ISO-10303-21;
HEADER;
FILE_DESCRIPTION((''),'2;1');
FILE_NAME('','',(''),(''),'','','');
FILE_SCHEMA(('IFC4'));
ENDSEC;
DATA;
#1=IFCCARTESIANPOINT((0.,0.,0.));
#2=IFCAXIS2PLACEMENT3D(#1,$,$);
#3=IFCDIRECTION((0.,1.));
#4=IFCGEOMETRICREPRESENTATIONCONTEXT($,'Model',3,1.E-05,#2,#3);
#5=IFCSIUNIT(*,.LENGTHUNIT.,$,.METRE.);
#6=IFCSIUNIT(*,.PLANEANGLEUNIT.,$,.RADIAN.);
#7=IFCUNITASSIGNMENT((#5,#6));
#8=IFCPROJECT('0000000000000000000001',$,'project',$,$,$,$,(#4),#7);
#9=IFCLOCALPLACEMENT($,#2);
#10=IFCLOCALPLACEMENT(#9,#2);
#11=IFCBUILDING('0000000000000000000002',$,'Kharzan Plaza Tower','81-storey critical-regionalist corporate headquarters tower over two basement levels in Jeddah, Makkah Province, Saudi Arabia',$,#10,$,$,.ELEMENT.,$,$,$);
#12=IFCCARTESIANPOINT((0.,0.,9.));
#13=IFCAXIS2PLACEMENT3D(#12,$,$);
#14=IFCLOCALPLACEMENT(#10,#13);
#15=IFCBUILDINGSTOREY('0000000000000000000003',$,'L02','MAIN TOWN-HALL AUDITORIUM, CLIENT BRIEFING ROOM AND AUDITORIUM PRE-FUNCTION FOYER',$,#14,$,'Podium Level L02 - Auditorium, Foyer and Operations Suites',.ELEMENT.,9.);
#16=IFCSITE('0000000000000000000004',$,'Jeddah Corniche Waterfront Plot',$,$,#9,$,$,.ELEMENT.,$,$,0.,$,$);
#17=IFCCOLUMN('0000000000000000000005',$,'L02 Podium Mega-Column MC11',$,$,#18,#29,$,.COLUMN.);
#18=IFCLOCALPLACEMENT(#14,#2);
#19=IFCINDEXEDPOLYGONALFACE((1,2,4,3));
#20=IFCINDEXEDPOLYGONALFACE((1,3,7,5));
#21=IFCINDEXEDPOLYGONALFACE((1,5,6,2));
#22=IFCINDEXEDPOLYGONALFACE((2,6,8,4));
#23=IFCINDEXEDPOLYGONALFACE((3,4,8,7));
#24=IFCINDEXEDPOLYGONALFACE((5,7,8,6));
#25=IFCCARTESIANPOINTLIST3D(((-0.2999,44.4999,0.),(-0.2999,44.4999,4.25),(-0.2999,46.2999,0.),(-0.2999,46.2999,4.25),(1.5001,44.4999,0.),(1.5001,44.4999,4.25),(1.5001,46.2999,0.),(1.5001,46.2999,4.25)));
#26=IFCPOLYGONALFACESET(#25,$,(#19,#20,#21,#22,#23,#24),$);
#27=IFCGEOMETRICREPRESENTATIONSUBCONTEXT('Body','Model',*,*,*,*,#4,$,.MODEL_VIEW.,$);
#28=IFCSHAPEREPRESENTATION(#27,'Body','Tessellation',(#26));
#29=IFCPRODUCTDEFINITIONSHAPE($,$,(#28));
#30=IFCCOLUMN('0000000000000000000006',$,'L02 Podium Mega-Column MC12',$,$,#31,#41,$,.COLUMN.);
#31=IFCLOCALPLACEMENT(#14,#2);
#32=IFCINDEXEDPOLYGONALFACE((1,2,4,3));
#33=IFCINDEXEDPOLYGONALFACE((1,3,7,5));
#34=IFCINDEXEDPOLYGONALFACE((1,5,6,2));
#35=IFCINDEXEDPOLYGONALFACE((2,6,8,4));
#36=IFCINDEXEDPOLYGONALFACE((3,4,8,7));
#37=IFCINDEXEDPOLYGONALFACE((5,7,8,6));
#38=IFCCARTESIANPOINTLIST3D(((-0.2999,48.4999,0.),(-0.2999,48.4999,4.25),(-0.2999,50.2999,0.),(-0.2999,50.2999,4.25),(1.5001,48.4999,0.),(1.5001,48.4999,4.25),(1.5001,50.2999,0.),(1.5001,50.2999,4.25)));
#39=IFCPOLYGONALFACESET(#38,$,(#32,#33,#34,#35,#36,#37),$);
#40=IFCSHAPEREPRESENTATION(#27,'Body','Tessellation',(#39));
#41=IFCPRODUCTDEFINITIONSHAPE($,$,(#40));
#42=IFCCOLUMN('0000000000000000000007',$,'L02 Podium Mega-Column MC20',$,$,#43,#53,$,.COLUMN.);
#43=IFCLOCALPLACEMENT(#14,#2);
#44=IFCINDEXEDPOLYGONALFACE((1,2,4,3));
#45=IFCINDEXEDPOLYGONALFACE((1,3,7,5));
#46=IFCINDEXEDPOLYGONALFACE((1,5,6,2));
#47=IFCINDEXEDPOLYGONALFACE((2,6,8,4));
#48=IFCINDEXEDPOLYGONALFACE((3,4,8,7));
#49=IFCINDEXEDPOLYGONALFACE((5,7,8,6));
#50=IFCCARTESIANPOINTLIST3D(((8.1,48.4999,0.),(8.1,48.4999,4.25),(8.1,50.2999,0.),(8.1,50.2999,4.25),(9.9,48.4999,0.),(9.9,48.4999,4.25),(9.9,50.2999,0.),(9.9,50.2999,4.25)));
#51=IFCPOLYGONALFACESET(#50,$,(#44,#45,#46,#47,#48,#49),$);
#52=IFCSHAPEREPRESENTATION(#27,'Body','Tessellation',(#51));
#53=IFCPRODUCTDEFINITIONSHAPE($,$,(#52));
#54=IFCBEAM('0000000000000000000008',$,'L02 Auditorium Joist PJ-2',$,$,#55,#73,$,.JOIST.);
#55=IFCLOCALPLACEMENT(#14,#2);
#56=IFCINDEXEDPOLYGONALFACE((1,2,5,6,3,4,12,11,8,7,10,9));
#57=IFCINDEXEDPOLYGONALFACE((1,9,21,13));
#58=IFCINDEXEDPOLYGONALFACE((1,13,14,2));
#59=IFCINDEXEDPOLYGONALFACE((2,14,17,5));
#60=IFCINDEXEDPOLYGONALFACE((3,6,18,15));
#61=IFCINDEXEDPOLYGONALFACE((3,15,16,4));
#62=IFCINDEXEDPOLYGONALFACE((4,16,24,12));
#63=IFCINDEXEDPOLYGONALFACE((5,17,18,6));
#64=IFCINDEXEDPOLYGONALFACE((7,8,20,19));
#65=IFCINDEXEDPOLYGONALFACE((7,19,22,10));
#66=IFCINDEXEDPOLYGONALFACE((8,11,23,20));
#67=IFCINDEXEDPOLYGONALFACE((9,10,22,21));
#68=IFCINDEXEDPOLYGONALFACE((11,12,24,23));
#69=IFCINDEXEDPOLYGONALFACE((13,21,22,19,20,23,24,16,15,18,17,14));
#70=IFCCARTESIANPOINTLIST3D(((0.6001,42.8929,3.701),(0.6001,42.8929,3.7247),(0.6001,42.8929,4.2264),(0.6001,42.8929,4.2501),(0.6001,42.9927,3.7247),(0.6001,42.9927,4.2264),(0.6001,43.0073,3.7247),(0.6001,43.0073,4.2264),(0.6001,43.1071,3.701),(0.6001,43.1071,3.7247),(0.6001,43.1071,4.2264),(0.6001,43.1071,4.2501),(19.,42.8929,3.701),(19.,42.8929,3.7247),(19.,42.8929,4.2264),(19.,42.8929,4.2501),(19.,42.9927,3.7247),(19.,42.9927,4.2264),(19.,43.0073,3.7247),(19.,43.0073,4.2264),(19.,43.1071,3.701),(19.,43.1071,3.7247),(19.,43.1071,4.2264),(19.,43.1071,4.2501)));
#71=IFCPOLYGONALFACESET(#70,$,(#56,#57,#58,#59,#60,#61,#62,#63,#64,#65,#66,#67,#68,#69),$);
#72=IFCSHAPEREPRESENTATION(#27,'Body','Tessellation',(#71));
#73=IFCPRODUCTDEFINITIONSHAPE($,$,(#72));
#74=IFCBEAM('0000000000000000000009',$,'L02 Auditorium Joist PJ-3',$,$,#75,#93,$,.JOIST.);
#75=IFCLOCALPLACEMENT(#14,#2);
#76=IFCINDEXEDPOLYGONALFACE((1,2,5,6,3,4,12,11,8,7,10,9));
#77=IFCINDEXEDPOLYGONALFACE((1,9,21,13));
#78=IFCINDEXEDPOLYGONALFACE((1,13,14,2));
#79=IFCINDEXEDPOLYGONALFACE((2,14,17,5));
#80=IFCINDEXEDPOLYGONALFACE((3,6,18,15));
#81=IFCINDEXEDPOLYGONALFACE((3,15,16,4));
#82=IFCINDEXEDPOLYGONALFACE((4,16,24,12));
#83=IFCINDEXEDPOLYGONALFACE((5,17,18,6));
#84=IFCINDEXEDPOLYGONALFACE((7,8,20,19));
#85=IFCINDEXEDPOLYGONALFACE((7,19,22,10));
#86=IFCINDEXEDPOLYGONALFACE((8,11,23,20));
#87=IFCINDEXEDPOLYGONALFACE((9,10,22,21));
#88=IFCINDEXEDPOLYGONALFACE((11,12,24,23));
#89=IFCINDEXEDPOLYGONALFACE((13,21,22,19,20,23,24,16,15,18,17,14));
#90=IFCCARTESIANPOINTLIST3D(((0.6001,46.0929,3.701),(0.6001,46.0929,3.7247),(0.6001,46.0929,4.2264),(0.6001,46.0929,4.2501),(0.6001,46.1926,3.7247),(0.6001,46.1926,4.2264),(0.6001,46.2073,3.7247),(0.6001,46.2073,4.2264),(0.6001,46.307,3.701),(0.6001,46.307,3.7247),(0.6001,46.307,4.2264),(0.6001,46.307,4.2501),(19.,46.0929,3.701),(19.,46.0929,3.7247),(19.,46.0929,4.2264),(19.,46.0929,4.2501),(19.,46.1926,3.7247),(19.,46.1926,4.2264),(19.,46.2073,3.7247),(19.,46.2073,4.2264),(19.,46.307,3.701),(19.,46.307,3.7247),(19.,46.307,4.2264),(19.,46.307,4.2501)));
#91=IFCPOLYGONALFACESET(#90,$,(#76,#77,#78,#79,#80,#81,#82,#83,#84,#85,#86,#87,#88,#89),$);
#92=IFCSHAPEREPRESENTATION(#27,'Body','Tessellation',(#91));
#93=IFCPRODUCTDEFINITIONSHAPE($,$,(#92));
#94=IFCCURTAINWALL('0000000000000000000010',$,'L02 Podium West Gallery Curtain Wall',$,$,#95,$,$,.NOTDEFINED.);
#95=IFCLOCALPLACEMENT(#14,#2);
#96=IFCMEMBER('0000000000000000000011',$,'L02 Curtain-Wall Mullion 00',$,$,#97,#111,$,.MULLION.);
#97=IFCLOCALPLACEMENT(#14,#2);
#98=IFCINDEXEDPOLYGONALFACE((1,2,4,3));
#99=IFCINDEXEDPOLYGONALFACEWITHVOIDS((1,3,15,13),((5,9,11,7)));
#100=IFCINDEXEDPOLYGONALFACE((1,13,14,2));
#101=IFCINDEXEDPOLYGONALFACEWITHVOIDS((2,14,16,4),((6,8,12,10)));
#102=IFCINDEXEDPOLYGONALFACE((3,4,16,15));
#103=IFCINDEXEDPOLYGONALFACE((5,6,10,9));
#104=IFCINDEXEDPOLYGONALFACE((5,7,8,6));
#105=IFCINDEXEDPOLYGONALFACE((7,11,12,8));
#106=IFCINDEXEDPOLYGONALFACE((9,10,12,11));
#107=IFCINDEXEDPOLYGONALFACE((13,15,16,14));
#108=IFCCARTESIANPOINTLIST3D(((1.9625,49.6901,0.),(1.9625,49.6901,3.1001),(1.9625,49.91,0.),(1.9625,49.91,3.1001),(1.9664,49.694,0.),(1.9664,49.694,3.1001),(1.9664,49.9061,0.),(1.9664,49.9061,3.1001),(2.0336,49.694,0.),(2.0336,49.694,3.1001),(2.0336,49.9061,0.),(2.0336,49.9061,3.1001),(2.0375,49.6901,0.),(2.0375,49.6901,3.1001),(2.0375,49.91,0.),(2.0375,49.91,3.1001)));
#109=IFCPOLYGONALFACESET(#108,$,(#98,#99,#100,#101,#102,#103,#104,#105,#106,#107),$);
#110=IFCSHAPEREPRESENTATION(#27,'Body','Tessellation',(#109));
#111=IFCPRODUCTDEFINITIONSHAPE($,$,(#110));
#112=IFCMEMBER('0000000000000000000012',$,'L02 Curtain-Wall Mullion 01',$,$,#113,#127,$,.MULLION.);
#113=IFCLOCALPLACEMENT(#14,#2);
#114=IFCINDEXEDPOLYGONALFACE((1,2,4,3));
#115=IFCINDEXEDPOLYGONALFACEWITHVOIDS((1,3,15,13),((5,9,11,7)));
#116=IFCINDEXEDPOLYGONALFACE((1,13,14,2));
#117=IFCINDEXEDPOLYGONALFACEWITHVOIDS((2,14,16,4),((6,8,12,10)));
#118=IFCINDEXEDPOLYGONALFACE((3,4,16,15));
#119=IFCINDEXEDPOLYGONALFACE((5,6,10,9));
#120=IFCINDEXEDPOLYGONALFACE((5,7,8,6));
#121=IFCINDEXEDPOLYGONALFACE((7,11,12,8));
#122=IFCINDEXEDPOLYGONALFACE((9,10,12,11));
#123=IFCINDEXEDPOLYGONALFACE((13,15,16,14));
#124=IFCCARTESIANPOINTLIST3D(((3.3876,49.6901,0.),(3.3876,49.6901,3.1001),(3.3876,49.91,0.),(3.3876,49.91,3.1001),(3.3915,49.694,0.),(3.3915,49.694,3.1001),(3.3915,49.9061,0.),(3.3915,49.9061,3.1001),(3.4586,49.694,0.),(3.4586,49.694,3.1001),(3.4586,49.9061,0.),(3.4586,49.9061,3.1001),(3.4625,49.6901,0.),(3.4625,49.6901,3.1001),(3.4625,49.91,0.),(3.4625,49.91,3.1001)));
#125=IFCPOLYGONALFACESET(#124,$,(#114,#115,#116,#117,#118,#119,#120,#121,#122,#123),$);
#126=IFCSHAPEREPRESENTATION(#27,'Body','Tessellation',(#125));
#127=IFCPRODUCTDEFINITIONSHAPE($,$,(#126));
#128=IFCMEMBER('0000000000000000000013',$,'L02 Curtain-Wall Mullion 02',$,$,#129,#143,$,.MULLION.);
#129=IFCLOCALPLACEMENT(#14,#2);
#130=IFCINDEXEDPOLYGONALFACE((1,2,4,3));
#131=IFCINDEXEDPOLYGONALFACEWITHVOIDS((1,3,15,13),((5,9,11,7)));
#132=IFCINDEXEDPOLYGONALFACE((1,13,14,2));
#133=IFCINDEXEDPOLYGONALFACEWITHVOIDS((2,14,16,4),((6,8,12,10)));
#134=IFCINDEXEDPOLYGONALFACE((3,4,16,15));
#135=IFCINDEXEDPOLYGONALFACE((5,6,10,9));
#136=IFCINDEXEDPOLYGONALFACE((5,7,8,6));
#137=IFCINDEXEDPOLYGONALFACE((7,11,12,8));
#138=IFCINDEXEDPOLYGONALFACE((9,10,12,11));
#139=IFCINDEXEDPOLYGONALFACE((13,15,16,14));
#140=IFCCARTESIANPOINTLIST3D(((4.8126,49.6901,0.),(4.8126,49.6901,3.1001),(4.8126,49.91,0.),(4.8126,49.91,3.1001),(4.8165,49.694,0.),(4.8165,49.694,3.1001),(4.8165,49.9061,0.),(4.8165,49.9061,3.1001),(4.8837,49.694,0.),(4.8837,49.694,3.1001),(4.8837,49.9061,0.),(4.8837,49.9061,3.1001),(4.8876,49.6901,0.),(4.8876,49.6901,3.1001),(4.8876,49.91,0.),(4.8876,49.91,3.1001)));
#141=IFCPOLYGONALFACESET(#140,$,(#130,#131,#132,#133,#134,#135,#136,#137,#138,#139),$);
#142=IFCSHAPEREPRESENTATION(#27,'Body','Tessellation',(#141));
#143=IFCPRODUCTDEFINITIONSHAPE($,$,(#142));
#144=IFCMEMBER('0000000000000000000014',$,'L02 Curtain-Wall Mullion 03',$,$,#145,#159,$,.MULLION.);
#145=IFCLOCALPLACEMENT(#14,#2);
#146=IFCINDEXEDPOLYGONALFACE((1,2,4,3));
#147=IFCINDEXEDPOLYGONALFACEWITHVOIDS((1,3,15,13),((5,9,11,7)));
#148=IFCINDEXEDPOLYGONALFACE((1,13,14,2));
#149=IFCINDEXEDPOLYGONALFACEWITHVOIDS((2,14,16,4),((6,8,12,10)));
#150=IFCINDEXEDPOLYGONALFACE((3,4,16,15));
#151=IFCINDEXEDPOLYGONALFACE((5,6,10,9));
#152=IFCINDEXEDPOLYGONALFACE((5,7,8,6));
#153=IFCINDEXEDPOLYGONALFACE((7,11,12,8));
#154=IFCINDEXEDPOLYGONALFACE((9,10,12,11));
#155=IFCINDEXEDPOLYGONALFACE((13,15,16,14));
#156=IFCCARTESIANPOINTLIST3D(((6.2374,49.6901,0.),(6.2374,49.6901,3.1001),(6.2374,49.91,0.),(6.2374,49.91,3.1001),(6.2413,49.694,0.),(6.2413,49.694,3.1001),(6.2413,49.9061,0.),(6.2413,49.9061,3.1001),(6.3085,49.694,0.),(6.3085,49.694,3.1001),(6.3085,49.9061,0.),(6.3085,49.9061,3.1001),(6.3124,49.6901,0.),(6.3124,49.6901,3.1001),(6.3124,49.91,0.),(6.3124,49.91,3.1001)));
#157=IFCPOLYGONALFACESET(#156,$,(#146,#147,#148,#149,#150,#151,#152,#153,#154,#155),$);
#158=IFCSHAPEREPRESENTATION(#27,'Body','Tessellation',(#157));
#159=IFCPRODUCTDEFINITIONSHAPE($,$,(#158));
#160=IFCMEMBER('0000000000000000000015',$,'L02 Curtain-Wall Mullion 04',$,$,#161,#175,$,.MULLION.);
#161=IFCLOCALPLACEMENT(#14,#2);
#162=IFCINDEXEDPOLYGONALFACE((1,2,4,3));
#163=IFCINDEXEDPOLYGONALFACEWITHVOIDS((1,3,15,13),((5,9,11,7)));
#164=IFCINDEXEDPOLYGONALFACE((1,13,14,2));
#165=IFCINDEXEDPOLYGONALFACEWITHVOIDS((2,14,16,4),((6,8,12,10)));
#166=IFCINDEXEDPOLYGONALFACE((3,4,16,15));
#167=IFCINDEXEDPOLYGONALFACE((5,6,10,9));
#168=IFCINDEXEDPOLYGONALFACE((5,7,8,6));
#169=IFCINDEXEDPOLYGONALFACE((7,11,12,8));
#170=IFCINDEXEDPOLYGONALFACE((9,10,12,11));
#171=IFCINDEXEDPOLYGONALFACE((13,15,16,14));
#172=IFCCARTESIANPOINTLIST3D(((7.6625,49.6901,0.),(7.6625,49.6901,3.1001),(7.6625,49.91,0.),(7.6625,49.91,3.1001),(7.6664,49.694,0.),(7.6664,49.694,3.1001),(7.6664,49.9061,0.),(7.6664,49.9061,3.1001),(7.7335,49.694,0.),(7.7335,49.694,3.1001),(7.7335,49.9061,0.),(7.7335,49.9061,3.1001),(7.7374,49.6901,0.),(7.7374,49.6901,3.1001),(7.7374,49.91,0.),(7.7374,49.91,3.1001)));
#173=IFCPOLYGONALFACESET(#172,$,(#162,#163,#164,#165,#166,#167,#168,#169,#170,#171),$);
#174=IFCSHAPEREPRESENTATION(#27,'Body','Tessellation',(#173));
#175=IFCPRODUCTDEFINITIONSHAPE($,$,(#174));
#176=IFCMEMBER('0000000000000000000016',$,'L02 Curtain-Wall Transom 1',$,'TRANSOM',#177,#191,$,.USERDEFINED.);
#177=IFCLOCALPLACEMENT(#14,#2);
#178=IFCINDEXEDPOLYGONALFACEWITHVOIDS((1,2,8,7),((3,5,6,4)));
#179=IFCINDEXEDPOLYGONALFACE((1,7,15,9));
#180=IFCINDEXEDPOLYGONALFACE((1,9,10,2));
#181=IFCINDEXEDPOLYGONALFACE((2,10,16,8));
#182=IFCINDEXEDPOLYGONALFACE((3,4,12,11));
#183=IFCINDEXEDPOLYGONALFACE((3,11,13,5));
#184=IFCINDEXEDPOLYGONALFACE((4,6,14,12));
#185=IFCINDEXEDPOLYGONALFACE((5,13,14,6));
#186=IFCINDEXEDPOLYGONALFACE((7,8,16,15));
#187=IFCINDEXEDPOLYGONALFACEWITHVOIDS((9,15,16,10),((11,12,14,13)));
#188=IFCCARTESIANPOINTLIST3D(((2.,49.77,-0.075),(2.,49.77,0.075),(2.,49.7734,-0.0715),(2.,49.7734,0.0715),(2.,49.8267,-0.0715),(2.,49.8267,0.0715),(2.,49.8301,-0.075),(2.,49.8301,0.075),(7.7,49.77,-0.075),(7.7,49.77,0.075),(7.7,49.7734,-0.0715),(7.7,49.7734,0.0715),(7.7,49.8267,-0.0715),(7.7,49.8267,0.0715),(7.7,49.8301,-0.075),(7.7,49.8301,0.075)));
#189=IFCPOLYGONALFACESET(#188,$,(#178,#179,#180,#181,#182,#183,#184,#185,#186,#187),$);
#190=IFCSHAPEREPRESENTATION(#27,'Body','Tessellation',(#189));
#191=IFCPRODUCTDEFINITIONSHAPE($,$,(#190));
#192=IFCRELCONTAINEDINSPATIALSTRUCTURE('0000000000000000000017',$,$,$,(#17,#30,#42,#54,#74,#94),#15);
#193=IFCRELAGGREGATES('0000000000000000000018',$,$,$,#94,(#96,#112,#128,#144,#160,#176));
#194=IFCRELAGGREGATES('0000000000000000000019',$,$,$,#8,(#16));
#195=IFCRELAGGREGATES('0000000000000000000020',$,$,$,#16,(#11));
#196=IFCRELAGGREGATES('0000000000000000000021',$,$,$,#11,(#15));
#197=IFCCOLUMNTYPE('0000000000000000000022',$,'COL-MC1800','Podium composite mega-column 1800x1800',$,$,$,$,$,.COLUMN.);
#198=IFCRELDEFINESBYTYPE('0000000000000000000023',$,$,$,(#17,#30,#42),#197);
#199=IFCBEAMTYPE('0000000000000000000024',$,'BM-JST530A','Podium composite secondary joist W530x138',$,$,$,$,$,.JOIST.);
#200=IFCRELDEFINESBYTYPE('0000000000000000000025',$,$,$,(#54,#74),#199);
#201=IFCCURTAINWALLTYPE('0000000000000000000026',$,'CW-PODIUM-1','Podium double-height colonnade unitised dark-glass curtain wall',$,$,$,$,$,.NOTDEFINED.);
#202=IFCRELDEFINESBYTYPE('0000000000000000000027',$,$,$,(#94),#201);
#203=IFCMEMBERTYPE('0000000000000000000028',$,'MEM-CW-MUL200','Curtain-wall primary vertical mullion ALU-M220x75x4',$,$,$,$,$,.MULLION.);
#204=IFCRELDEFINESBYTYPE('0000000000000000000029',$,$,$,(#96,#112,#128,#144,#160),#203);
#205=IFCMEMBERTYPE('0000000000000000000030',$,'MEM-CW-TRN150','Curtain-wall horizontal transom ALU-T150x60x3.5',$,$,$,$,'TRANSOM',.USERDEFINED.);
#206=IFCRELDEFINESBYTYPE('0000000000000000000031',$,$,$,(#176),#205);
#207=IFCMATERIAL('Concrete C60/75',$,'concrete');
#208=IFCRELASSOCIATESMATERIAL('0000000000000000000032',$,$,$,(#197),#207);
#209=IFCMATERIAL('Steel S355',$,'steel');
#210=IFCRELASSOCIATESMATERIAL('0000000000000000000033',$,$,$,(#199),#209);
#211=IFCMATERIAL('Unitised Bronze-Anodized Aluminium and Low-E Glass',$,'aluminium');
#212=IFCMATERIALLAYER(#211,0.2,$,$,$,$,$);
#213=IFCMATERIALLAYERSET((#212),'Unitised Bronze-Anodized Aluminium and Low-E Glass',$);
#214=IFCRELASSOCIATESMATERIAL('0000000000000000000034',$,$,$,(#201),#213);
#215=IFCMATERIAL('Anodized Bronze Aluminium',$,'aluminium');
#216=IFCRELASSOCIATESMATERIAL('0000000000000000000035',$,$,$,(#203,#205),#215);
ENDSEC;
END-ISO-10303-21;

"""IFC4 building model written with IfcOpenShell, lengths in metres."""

from ifc_helpers import new_model, si_unit, direction, frame, origin, origin_2d, place, context, subcontext, project, spatial, rectangle, hollow_rectangle, i_section, extrude, source, transform, mapped, material, layer, layer_set, material_profile, profile_set, type_object, element, aggregate, save


model = new_model("IFC4")

# Units and contexts
model_context = context("Model", 3, precision=1e-05, world=origin(), true_north=direction((0.0, 1.0)))
body_context = subcontext(model_context, "Body", "Model", "MODEL_VIEW")
ifc_project = project(units=[si_unit("LENGTHUNIT", "METRE"), si_unit("PLANEANGLEUNIT", "RADIAN")], contexts=[model_context])

# Site, building, storey
site_placement = place(None, origin())
site = spatial("IfcSite", under=ifc_project, at=site_placement, Name="Jeddah Corniche Waterfront Plot", CompositionType="ELEMENT", RefElevation=0.0)
building_placement = place(site_placement, origin())
building = spatial("IfcBuilding", under=site, at=building_placement, Name="Kharzan Plaza Tower", Description="81-storey critical-regionalist corporate headquarters tower over two basement levels in Jeddah, Makkah Province, Saudi Arabia", CompositionType="ELEMENT")
storey_placement = place(building_placement, frame((0.0, 0.0, 9.0)))
storey = spatial("IfcBuildingStorey", under=building, at=storey_placement, Name="L02", Description="MAIN TOWN-HALL AUDITORIUM, CLIENT BRIEFING ROOM AND AUDITORIUM PRE-FUNCTION FOYER", LongName="Podium Level L02 - Auditorium, Foyer and Operations Suites", CompositionType="ELEMENT", Elevation=9.0)

# Columns
ifc_material_1 = material(Name="Concrete C60/75", Category="concrete")
ifc_material_profile_1 = material_profile(ifc_material_1, rectangle(XDim=1.8, YDim=1.8, at=origin_2d()), Name="RC-MC1800x1800")
ifc_profile_set_1 = profile_set([ifc_material_profile_1], Name="Concrete C60/75")
column_type = type_object("IfcColumnType", Name="COL-MC1800", Description="Podium composite mega-column 1800x1800", PredefinedType="COLUMN", material=ifc_profile_set_1)
shared_shape_1 = source(origin(), body_context, "Body", "SweptSolid", [
    extrude(rectangle(XDim=1.8, YDim=1.8, at=origin_2d()), origin(), (0.0, 0.0, 1.0), 4.25),
])
for number, where, z_axis, x_axis, name in (
    (1, (0.6001, 45.3999, 0.0), (0.0, 0.0, 1.0), (1.0, 0.0, 0.0), "L02 Podium Mega-Column MC11"),
    (2, (0.6001, 49.3999, 0.0), (0.0, 0.0, 1.0), (1.0, 0.0, 0.0), "L02 Podium Mega-Column MC12"),
    (3, (9.0, 49.3999, 0.0), (0.0, 0.0, 1.0), (1.0, 0.0, 0.0), "L02 Podium Mega-Column MC20"),
):
    element("IfcColumn", number, at=place(storey_placement, frame(where, z_axis=z_axis, x_axis=x_axis)), inside=storey, type_object=column_type, Name=name, PredefinedType="COLUMN", context=body_context, shape_type="MappedRepresentation", body=[
        mapped(shared_shape_1, transform((0.0, 0.0, 0.0), x_axis=(1.0, 0.0, 0.0), y_axis=(0.0, 1.0, 0.0), z_axis=(0.0, 0.0, 1.0))),
    ])

# Beams
ifc_material_2 = material(Name="Steel S355", Category="steel")
ifc_material_profile_2 = material_profile(ifc_material_2, i_section(OverallWidth=0.2141, OverallDepth=0.5491, WebThickness=0.0146, FlangeThickness=0.0237, at=origin_2d()), Name="W530x138")
ifc_profile_set_2 = profile_set([ifc_material_profile_2], Name="Steel S355")
beam_type_1 = type_object("IfcBeamType", Name="BM-JST530A", Description="Podium composite secondary joist W530x138", PredefinedType="JOIST", material=ifc_profile_set_2)
shared_shape_2 = source(origin(), body_context, "Body", "SweptSolid", [
    extrude(i_section(OverallWidth=0.2141, OverallDepth=0.5491, WebThickness=0.0146, FlangeThickness=0.0237, at=origin_2d()), origin(), (0.0, 0.0, 1.0), 18.3999),
])
for number, where, z_axis, x_axis, name in (
    (4, (0.6001, 43.0, 3.9756), (1.0, 0.0, 0.0), (0.0, 1.0, 0.0), "L02 Auditorium Joist PJ-2"),
    (5, (0.6001, 46.2, 3.9756), (1.0, 0.0, 0.0), (0.0, 1.0, 0.0), "L02 Auditorium Joist PJ-3"),
):
    element("IfcBeam", number, at=place(storey_placement, frame(where, z_axis=z_axis, x_axis=x_axis)), inside=storey, type_object=beam_type_1, Name=name, PredefinedType="JOIST", context=body_context, shape_type="MappedRepresentation", body=[
        mapped(shared_shape_2, transform((0.0, 0.0, 0.0), x_axis=(1.0, 0.0, 0.0), y_axis=(0.0, 1.0, 0.0), z_axis=(0.0, 0.0, 1.0))),
    ])

# Curtain wall, members
ifc_material_3 = material(Name="Unitised Bronze-Anodized Aluminium and Low-E Glass", Category="aluminium")
ifc_layer_1 = layer(ifc_material_3, 0.2)
ifc_layer_set_1 = layer_set([ifc_layer_1], Name="Unitised Bronze-Anodized Aluminium and Low-E Glass")
curtain_wall_type = type_object("IfcCurtainWallType", Name="CW-PODIUM-1", Description="Podium double-height colonnade unitised dark-glass curtain wall", PredefinedType="NOTDEFINED", material=ifc_layer_set_1)
curtain_wall_placement = place(storey_placement, origin())
curtain_wall = element("IfcCurtainWall", 6, at=curtain_wall_placement, inside=storey, type_object=curtain_wall_type, Name="L02 Podium West Gallery Curtain Wall", PredefinedType="NOTDEFINED")
ifc_material_4 = material(Name="Anodized Bronze Aluminium", Category="aluminium")
ifc_material_profile_3 = material_profile(ifc_material_4, hollow_rectangle(XDim=0.075, YDim=0.22, WallThickness=0.0039, at=origin_2d()), Name="ALU-M220x75x4")
ifc_profile_set_3 = profile_set([ifc_material_profile_3], Name="Anodized Bronze Aluminium")
member_type_1 = type_object("IfcMemberType", Name="MEM-CW-MUL200", Description="Curtain-wall primary vertical mullion ALU-M220x75x4", PredefinedType="MULLION", material=ifc_profile_set_3)
shared_shape_3 = source(origin(), body_context, "Body", "SweptSolid", [
    extrude(hollow_rectangle(XDim=0.075, YDim=0.22, WallThickness=0.0039, at=origin_2d()), origin(), (0.0, 0.0, 1.0), 3.1001),
])
member_1_placement = place(storey_placement, frame((2.0, 49.8, 0.0), z_axis=(0.0, 0.0, 1.0), x_axis=(1.0, 0.0, 0.0)))
member_1 = element("IfcMember", 7, at=member_1_placement, type_object=member_type_1, Name="L02 Curtain-Wall Mullion 00", PredefinedType="MULLION", context=body_context, shape_type="MappedRepresentation", body=[
    mapped(shared_shape_3, transform((0.0, 0.0, 0.0), x_axis=(1.0, 0.0, 0.0), y_axis=(0.0, 1.0, 0.0), z_axis=(0.0, 0.0, 1.0))),
])
member_2_placement = place(storey_placement, frame((3.425, 49.8, 0.0), z_axis=(0.0, 0.0, 1.0), x_axis=(1.0, 0.0, 0.0)))
member_2 = element("IfcMember", 8, at=member_2_placement, type_object=member_type_1, Name="L02 Curtain-Wall Mullion 01", PredefinedType="MULLION", context=body_context, shape_type="MappedRepresentation", body=[
    mapped(shared_shape_3, transform((0.0, 0.0, 0.0), x_axis=(1.0, 0.0, 0.0), y_axis=(0.0, 1.0, 0.0), z_axis=(0.0, 0.0, 1.0))),
])
member_3_placement = place(storey_placement, frame((4.8501, 49.8, 0.0), z_axis=(0.0, 0.0, 1.0), x_axis=(1.0, 0.0, 0.0)))
member_3 = element("IfcMember", 9, at=member_3_placement, type_object=member_type_1, Name="L02 Curtain-Wall Mullion 02", PredefinedType="MULLION", context=body_context, shape_type="MappedRepresentation", body=[
    mapped(shared_shape_3, transform((0.0, 0.0, 0.0), x_axis=(1.0, 0.0, 0.0), y_axis=(0.0, 1.0, 0.0), z_axis=(0.0, 0.0, 1.0))),
])
member_4_placement = place(storey_placement, frame((6.2749, 49.8, 0.0), z_axis=(0.0, 0.0, 1.0), x_axis=(1.0, 0.0, 0.0)))
member_4 = element("IfcMember", 10, at=member_4_placement, type_object=member_type_1, Name="L02 Curtain-Wall Mullion 03", PredefinedType="MULLION", context=body_context, shape_type="MappedRepresentation", body=[
    mapped(shared_shape_3, transform((0.0, 0.0, 0.0), x_axis=(1.0, 0.0, 0.0), y_axis=(0.0, 1.0, 0.0), z_axis=(0.0, 0.0, 1.0))),
])
member_5_placement = place(storey_placement, frame((7.7, 49.8, 0.0), z_axis=(0.0, 0.0, 1.0), x_axis=(1.0, 0.0, 0.0)))
member_5 = element("IfcMember", 11, at=member_5_placement, type_object=member_type_1, Name="L02 Curtain-Wall Mullion 04", PredefinedType="MULLION", context=body_context, shape_type="MappedRepresentation", body=[
    mapped(shared_shape_3, transform((0.0, 0.0, 0.0), x_axis=(1.0, 0.0, 0.0), y_axis=(0.0, 1.0, 0.0), z_axis=(0.0, 0.0, 1.0))),
])
ifc_material_profile_4 = material_profile(ifc_material_4, hollow_rectangle(XDim=0.0601, YDim=0.1499, WallThickness=0.0034, at=origin_2d()), Name="ALU-T150x60x3.5")
ifc_profile_set_4 = profile_set([ifc_material_profile_4], Name="Anodized Bronze Aluminium")
member_type_2 = type_object("IfcMemberType", Name="MEM-CW-TRN150", Description="Curtain-wall horizontal transom ALU-T150x60x3.5", ElementType="TRANSOM", PredefinedType="USERDEFINED", material=ifc_profile_set_4)
shared_shape_4 = source(origin(), body_context, "Body", "SweptSolid", [
    extrude(hollow_rectangle(XDim=0.0601, YDim=0.1499, WallThickness=0.0034, at=origin_2d()), origin(), (0.0, 0.0, 1.0), 5.7),
])
member_6_placement = place(storey_placement, frame((2.0, 49.8, 0.0), z_axis=(1.0, 0.0, 0.0), x_axis=(0.0, 1.0, 0.0)))
member_6 = element("IfcMember", 12, at=member_6_placement, type_object=member_type_2, Name="L02 Curtain-Wall Transom 1", ObjectType="TRANSOM", PredefinedType="USERDEFINED", context=body_context, shape_type="MappedRepresentation", body=[
    mapped(shared_shape_4, transform((0.0, 0.0, 0.0), x_axis=(1.0, 0.0, 0.0), y_axis=(0.0, 1.0, 0.0), z_axis=(0.0, 0.0, 1.0))),
])

aggregate(curtain_wall, [member_1, member_2, member_3, member_4, member_5, member_6])

save(model, "model.ifc")
